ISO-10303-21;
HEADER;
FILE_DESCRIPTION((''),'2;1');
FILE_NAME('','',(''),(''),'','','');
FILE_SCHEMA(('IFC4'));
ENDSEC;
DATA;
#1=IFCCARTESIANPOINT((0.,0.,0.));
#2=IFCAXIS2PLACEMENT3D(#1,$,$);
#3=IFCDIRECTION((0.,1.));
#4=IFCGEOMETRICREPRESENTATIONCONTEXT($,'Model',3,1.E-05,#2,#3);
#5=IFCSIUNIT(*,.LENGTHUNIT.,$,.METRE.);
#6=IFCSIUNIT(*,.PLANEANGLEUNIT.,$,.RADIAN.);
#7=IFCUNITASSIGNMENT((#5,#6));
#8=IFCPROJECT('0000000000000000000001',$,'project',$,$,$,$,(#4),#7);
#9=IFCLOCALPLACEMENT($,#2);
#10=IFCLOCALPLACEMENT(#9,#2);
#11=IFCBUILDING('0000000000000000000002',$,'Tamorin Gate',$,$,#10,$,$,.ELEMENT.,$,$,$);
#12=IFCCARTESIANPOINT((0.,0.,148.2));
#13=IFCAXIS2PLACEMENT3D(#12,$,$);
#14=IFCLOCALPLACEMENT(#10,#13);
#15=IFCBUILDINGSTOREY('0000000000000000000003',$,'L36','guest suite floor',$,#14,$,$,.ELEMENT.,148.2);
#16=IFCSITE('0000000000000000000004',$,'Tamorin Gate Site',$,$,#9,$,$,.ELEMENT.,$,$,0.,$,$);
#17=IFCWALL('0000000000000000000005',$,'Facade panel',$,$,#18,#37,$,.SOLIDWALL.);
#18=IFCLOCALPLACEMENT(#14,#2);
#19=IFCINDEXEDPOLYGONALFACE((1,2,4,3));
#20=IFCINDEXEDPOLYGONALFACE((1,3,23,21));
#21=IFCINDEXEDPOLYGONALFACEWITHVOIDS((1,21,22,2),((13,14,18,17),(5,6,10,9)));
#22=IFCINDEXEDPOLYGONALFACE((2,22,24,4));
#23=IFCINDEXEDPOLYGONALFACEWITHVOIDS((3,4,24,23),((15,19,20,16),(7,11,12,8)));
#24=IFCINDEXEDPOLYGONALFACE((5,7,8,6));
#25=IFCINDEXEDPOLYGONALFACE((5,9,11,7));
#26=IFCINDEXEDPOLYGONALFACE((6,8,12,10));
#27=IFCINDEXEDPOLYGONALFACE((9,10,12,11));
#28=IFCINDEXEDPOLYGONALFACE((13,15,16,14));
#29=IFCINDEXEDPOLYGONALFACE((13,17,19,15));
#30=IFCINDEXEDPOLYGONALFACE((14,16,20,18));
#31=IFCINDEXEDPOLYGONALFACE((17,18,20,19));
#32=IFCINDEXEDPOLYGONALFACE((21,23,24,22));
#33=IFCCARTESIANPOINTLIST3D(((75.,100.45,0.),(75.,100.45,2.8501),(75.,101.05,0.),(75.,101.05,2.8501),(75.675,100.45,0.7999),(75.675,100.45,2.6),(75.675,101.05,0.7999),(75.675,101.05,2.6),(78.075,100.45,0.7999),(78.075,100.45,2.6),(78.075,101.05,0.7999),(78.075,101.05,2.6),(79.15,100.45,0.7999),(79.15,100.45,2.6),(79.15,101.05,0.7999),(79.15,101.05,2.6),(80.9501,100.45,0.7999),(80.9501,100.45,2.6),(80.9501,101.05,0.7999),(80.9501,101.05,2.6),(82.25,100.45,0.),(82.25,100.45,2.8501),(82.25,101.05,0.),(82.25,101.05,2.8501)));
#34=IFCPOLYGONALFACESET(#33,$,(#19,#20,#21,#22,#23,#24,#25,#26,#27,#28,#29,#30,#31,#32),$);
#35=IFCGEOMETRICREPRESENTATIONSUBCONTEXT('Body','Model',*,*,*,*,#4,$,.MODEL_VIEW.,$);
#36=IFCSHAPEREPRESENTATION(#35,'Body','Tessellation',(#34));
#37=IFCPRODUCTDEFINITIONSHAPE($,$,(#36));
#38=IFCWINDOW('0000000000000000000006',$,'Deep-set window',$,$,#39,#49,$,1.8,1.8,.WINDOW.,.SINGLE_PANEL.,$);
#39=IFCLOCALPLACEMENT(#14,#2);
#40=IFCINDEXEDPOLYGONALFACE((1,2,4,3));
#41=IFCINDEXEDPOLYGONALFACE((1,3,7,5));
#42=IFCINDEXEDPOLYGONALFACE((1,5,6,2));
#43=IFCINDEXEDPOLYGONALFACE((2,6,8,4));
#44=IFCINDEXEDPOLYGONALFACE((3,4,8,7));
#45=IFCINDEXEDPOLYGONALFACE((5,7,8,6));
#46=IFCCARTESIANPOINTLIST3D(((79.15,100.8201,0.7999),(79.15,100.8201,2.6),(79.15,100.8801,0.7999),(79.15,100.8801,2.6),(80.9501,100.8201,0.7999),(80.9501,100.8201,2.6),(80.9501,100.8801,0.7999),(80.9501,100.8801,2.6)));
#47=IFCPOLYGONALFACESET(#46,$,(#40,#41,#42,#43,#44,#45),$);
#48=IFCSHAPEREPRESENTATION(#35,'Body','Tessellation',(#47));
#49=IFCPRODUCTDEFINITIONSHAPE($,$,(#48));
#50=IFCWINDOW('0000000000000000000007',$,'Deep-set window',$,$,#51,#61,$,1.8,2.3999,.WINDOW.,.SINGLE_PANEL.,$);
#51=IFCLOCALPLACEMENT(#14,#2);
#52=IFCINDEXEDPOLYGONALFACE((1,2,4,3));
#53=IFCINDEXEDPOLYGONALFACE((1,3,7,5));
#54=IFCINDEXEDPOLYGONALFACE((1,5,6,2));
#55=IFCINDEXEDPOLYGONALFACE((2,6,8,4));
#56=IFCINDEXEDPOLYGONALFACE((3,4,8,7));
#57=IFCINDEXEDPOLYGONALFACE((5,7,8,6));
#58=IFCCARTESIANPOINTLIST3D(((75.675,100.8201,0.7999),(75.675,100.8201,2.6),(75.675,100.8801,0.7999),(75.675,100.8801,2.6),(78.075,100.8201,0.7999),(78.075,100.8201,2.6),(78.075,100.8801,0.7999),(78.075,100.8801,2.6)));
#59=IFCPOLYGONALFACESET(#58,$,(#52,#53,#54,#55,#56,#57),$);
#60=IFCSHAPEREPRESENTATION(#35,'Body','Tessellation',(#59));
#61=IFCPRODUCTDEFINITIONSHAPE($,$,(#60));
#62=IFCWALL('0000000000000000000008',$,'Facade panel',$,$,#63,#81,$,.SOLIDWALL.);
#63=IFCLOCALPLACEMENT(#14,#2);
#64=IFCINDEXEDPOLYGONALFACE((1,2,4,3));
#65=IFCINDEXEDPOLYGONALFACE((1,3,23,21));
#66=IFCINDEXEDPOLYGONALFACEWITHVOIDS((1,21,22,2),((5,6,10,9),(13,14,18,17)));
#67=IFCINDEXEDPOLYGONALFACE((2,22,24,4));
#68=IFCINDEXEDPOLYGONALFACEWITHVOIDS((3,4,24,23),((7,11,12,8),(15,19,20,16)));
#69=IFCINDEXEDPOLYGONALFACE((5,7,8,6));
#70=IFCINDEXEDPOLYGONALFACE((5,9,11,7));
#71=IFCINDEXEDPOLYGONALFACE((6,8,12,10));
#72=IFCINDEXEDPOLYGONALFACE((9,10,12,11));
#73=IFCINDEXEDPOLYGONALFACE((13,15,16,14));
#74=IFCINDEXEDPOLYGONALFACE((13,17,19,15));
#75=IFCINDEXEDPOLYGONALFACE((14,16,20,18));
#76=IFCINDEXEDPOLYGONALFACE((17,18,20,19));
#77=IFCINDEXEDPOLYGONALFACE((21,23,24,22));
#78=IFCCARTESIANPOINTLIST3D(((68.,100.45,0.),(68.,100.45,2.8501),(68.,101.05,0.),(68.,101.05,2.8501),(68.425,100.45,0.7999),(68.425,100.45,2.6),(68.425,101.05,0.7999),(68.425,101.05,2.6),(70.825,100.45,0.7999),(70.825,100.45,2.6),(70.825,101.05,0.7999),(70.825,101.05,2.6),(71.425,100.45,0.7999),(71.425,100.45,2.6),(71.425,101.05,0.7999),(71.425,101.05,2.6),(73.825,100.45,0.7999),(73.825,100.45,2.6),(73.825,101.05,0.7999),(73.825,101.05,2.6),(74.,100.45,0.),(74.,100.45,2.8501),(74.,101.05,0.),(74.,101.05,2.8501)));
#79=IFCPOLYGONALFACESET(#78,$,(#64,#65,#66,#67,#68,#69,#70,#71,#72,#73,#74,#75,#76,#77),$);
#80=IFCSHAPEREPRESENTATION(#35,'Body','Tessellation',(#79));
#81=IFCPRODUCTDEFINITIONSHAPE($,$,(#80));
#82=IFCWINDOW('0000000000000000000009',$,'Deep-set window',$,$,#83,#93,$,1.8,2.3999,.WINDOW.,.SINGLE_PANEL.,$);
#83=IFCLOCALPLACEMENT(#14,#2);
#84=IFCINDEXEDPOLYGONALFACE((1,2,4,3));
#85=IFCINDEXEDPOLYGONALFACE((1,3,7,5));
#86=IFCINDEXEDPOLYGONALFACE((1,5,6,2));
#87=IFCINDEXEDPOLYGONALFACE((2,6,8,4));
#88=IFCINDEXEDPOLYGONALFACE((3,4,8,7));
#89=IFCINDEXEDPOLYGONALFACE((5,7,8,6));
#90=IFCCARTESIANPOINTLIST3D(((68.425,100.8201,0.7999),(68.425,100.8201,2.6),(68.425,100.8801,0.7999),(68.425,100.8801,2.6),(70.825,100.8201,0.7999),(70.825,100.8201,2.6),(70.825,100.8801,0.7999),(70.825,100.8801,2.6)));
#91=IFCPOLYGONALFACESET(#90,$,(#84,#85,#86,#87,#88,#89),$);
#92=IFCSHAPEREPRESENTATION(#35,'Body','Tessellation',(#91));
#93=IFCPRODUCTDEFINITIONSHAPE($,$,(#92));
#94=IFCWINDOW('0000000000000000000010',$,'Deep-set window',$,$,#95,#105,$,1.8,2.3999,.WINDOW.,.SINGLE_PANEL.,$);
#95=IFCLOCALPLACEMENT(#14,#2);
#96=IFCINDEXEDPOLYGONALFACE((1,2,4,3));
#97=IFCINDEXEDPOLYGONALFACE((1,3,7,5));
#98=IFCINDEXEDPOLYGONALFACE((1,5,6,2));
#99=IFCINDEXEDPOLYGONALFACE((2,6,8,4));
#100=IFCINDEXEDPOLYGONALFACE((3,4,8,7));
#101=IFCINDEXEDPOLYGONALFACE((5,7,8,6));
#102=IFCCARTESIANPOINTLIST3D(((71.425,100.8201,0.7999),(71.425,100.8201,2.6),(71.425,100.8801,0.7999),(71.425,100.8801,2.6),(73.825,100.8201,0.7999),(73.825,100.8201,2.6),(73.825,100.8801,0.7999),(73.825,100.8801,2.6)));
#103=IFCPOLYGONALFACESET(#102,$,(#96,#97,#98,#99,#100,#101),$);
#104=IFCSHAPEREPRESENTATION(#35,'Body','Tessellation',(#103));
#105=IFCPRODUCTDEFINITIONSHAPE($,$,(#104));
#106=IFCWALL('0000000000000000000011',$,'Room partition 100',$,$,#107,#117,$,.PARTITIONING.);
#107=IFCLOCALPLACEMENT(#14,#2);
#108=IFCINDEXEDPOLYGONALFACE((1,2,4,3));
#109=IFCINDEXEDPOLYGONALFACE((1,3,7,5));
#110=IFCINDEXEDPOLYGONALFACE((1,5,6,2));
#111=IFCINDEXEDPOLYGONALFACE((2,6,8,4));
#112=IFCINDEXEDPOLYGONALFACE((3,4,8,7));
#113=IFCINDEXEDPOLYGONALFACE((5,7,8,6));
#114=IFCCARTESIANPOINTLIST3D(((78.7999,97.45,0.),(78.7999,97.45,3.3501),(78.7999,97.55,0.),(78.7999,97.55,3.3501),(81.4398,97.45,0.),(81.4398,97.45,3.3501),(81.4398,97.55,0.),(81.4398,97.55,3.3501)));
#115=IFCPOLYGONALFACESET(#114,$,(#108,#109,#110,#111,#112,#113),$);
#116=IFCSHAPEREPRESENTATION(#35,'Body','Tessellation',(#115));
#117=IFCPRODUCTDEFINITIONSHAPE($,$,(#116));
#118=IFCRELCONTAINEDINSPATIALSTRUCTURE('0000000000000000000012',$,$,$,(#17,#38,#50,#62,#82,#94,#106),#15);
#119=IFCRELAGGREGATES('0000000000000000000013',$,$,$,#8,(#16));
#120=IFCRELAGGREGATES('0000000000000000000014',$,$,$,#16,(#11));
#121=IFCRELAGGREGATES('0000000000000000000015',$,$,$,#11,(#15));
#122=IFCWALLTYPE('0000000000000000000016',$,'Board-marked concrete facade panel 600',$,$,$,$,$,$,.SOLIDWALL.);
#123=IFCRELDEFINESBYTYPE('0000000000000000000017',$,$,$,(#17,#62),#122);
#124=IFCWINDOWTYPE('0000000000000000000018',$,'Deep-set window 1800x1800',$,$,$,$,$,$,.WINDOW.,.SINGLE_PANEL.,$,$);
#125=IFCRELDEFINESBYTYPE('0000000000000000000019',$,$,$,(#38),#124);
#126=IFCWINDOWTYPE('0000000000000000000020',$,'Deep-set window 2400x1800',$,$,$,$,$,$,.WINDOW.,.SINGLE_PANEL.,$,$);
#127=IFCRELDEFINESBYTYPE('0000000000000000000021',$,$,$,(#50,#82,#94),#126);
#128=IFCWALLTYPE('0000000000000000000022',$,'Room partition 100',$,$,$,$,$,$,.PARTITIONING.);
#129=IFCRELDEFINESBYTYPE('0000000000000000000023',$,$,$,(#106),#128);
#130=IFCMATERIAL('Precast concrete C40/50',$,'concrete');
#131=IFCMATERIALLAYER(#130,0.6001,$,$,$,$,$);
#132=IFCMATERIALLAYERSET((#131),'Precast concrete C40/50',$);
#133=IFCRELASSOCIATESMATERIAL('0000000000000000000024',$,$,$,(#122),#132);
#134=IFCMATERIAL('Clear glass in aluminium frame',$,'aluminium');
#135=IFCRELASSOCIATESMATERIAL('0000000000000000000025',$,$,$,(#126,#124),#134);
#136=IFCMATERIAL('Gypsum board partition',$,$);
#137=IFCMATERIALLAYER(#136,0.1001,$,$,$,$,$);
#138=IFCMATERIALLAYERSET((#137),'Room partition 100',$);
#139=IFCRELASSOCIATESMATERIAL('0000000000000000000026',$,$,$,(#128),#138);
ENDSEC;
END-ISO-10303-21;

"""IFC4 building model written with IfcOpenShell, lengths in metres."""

from ifc_helpers import new_model, si_unit, direction, frame, frame_2d, origin, place, context, subcontext, project, spatial, rectangle, extrude, material, layer, layer_set, type_object, element, fill, save


model = new_model("IFC4")

# Units and contexts
model_context = context("Model", 3, precision=1e-05, world=origin(), true_north=direction((0.0, 1.0)))
body_context = subcontext(model_context, "Body", "Model", "MODEL_VIEW")
ifc_project = project(units=[si_unit("LENGTHUNIT", "METRE"), si_unit("PLANEANGLEUNIT", "RADIAN")], contexts=[model_context])

# Site, building, storey
site_placement = place(None, origin())
site = spatial("IfcSite", under=ifc_project, at=site_placement, Name="Tamorin Gate Site", CompositionType="ELEMENT", RefElevation=0.0)
building_placement = place(site_placement, origin())
building = spatial("IfcBuilding", under=site, at=building_placement, Name="Tamorin Gate", CompositionType="ELEMENT")
storey_placement = place(building_placement, frame((0.0, 0.0, 148.2)))
storey = spatial("IfcBuildingStorey", under=building, at=storey_placement, Name="L36", Description="guest suite floor", CompositionType="ELEMENT", Elevation=148.2)

# Shared definitions
ifc_material_1 = material(Name="Precast concrete C40/50", Category="concrete")
ifc_layer_1 = layer(ifc_material_1, 0.6001)
ifc_layer_set_1 = layer_set([ifc_layer_1], Name="Precast concrete C40/50")
wall_type_1 = type_object("IfcWallType", Name="Board-marked concrete facade panel 600", PredefinedType="SOLIDWALL", material=ifc_layer_set_1)
ifc_material_2 = material(Name="Clear glass in aluminium frame", Category="aluminium")
window_type_1 = type_object("IfcWindowType", Name="Deep-set window 2400x1800", PartitioningType="SINGLE_PANEL", PredefinedType="WINDOW", material=ifc_material_2)

# Walls, openings, windows
wall_1_placement = place(storey_placement, frame((82.25, 100.75, 0.0), z_axis=(0.0, 0.0, 1.0), x_axis=(-1.0, 0.0, 0.0)))
wall_1 = element("IfcWall", 1, at=wall_1_placement, inside=storey, type_object=wall_type_1, Name="Facade panel", PredefinedType="SOLIDWALL", context=body_context, shape_type="SweptSolid", body=[
    extrude(rectangle(XDim=7.25, YDim=0.6001, at=frame_2d((3.625, 0.0))), origin(), (0.0, 0.0, 1.0), 2.8501),
])
opening_1_placement = place(wall_1_placement, frame((4.175, 0.0, 0.8)))
opening_1 = element("IfcOpeningElement", 2, at=opening_1_placement, cuts=wall_1, PredefinedType="OPENING", context=body_context, shape_type="SweptSolid", body=[
    extrude(rectangle(XDim=2.3999, YDim=1.8, at=frame_2d((1.2, 0.8999))), frame((0.0, 0.3101, 0.0), z_axis=(0.0, -1.0, 0.0), x_axis=(1.0, 0.0, 0.0)), (0.0, 0.0, 1.0), 0.6201),
])
opening_2_placement = place(wall_1_placement, frame((1.3, 0.0, 0.8)))
opening_2 = element("IfcOpeningElement", 3, at=opening_2_placement, cuts=wall_1, PredefinedType="OPENING", context=body_context, shape_type="SweptSolid", body=[
    extrude(rectangle(XDim=1.8, YDim=1.8, at=frame_2d((0.8999, 0.8999))), frame((0.0, 0.3101, 0.0), z_axis=(0.0, -1.0, 0.0), x_axis=(1.0, 0.0, 0.0)), (0.0, 0.0, 1.0), 0.6201),
])
window_type_2 = type_object("IfcWindowType", Name="Deep-set window 1800x1800", PartitioningType="SINGLE_PANEL", PredefinedType="WINDOW", material=ifc_material_2)
window_1_placement = place(opening_2_placement, origin())
window_1 = element("IfcWindow", 4, at=window_1_placement, inside=storey, type_object=window_type_2, Name="Deep-set window", OverallHeight=1.8, OverallWidth=1.8, PartitioningType="SINGLE_PANEL", PredefinedType="WINDOW", context=body_context, shape_type="SweptSolid", body=[
    extrude(rectangle(XDim=1.8, YDim=1.8, at=frame_2d((0.8999, 0.8999))), frame((0.0, -0.0701, 0.0), z_axis=(0.0, -1.0, 0.0), x_axis=(1.0, 0.0, 0.0)), (0.0, 0.0, 1.0), 0.0601),
])
fill(opening_2, window_1)
window_2_placement = place(opening_1_placement, origin())
window_2 = element("IfcWindow", 5, at=window_2_placement, inside=storey, type_object=window_type_1, Name="Deep-set window", OverallHeight=1.8, OverallWidth=2.3999, PartitioningType="SINGLE_PANEL", PredefinedType="WINDOW", context=body_context, shape_type="SweptSolid", body=[
    extrude(rectangle(XDim=2.3999, YDim=1.8, at=frame_2d((1.2, 0.8999))), frame((0.0, -0.0701, 0.0), z_axis=(0.0, -1.0, 0.0), x_axis=(1.0, 0.0, 0.0)), (0.0, 0.0, 1.0), 0.0601),
])
fill(opening_1, window_2)
wall_2_placement = place(storey_placement, frame((74.0, 100.75, 0.0), z_axis=(0.0, 0.0, 1.0), x_axis=(-1.0, 0.0, 0.0)))
wall_2 = element("IfcWall", 6, at=wall_2_placement, inside=storey, type_object=wall_type_1, Name="Facade panel", PredefinedType="SOLIDWALL", context=body_context, shape_type="SweptSolid", body=[
    extrude(rectangle(XDim=6.0, YDim=0.6001, at=frame_2d((3.0, 0.0))), origin(), (0.0, 0.0, 1.0), 2.8501),
])
opening_3_placement = place(wall_2_placement, frame((3.175, 0.0, 0.8)))
opening_3 = element("IfcOpeningElement", 7, at=opening_3_placement, cuts=wall_2, PredefinedType="OPENING", context=body_context, shape_type="SweptSolid", body=[
    extrude(rectangle(XDim=2.3999, YDim=1.8, at=frame_2d((1.2, 0.8999))), frame((0.0, 0.3101, 0.0), z_axis=(0.0, -1.0, 0.0), x_axis=(1.0, 0.0, 0.0)), (0.0, 0.0, 1.0), 0.6201),
])
opening_4_placement = place(wall_2_placement, frame((0.175, 0.0, 0.8)))
opening_4 = element("IfcOpeningElement", 8, at=opening_4_placement, cuts=wall_2, PredefinedType="OPENING", context=body_context, shape_type="SweptSolid", body=[
    extrude(rectangle(XDim=2.3999, YDim=1.8, at=frame_2d((1.2, 0.8999))), frame((0.0, 0.3101, 0.0), z_axis=(0.0, -1.0, 0.0), x_axis=(1.0, 0.0, 0.0)), (0.0, 0.0, 1.0), 0.6201),
])
window_3_placement = place(opening_3_placement, origin())
window_3 = element("IfcWindow", 9, at=window_3_placement, inside=storey, type_object=window_type_1, Name="Deep-set window", OverallHeight=1.8, OverallWidth=2.3999, PartitioningType="SINGLE_PANEL", PredefinedType="WINDOW", context=body_context, shape_type="SweptSolid", body=[
    extrude(rectangle(XDim=2.3999, YDim=1.8, at=frame_2d((1.2, 0.8999))), frame((0.0, -0.0701, 0.0), z_axis=(0.0, -1.0, 0.0), x_axis=(1.0, 0.0, 0.0)), (0.0, 0.0, 1.0), 0.0601),
])
fill(opening_3, window_3)
window_4_placement = place(opening_4_placement, origin())
window_4 = element("IfcWindow", 10, at=window_4_placement, inside=storey, type_object=window_type_1, Name="Deep-set window", OverallHeight=1.8, OverallWidth=2.3999, PartitioningType="SINGLE_PANEL", PredefinedType="WINDOW", context=body_context, shape_type="SweptSolid", body=[
    extrude(rectangle(XDim=2.3999, YDim=1.8, at=frame_2d((1.2, 0.8999))), frame((0.0, -0.0701, 0.0), z_axis=(0.0, -1.0, 0.0), x_axis=(1.0, 0.0, 0.0)), (0.0, 0.0, 1.0), 0.0601),
])
fill(opening_4, window_4)

# Wall
ifc_material_3 = material(Name="Gypsum board partition")
ifc_layer_2 = layer(ifc_material_3, 0.1001)
ifc_layer_set_2 = layer_set([ifc_layer_2], Name="Room partition 100")
wall_type_2 = type_object("IfcWallType", Name="Room partition 100", PredefinedType="PARTITIONING", material=ifc_layer_set_2)
wall_3_placement = place(storey_placement, frame((78.8, 97.5, 0.0), z_axis=(0.0, 0.0, 1.0), x_axis=(1.0, 0.0, 0.0)))
element("IfcWall", 11, at=wall_3_placement, inside=storey, type_object=wall_type_2, Name="Room partition 100", PredefinedType="PARTITIONING", context=body_context, shape_type="SweptSolid", body=[
    extrude(rectangle(XDim=2.6399, YDim=0.1001, at=frame_2d((1.3198, 0.0))), origin(), (0.0, 0.0, 1.0), 3.3501),
])

save(model, "model.ifc")
